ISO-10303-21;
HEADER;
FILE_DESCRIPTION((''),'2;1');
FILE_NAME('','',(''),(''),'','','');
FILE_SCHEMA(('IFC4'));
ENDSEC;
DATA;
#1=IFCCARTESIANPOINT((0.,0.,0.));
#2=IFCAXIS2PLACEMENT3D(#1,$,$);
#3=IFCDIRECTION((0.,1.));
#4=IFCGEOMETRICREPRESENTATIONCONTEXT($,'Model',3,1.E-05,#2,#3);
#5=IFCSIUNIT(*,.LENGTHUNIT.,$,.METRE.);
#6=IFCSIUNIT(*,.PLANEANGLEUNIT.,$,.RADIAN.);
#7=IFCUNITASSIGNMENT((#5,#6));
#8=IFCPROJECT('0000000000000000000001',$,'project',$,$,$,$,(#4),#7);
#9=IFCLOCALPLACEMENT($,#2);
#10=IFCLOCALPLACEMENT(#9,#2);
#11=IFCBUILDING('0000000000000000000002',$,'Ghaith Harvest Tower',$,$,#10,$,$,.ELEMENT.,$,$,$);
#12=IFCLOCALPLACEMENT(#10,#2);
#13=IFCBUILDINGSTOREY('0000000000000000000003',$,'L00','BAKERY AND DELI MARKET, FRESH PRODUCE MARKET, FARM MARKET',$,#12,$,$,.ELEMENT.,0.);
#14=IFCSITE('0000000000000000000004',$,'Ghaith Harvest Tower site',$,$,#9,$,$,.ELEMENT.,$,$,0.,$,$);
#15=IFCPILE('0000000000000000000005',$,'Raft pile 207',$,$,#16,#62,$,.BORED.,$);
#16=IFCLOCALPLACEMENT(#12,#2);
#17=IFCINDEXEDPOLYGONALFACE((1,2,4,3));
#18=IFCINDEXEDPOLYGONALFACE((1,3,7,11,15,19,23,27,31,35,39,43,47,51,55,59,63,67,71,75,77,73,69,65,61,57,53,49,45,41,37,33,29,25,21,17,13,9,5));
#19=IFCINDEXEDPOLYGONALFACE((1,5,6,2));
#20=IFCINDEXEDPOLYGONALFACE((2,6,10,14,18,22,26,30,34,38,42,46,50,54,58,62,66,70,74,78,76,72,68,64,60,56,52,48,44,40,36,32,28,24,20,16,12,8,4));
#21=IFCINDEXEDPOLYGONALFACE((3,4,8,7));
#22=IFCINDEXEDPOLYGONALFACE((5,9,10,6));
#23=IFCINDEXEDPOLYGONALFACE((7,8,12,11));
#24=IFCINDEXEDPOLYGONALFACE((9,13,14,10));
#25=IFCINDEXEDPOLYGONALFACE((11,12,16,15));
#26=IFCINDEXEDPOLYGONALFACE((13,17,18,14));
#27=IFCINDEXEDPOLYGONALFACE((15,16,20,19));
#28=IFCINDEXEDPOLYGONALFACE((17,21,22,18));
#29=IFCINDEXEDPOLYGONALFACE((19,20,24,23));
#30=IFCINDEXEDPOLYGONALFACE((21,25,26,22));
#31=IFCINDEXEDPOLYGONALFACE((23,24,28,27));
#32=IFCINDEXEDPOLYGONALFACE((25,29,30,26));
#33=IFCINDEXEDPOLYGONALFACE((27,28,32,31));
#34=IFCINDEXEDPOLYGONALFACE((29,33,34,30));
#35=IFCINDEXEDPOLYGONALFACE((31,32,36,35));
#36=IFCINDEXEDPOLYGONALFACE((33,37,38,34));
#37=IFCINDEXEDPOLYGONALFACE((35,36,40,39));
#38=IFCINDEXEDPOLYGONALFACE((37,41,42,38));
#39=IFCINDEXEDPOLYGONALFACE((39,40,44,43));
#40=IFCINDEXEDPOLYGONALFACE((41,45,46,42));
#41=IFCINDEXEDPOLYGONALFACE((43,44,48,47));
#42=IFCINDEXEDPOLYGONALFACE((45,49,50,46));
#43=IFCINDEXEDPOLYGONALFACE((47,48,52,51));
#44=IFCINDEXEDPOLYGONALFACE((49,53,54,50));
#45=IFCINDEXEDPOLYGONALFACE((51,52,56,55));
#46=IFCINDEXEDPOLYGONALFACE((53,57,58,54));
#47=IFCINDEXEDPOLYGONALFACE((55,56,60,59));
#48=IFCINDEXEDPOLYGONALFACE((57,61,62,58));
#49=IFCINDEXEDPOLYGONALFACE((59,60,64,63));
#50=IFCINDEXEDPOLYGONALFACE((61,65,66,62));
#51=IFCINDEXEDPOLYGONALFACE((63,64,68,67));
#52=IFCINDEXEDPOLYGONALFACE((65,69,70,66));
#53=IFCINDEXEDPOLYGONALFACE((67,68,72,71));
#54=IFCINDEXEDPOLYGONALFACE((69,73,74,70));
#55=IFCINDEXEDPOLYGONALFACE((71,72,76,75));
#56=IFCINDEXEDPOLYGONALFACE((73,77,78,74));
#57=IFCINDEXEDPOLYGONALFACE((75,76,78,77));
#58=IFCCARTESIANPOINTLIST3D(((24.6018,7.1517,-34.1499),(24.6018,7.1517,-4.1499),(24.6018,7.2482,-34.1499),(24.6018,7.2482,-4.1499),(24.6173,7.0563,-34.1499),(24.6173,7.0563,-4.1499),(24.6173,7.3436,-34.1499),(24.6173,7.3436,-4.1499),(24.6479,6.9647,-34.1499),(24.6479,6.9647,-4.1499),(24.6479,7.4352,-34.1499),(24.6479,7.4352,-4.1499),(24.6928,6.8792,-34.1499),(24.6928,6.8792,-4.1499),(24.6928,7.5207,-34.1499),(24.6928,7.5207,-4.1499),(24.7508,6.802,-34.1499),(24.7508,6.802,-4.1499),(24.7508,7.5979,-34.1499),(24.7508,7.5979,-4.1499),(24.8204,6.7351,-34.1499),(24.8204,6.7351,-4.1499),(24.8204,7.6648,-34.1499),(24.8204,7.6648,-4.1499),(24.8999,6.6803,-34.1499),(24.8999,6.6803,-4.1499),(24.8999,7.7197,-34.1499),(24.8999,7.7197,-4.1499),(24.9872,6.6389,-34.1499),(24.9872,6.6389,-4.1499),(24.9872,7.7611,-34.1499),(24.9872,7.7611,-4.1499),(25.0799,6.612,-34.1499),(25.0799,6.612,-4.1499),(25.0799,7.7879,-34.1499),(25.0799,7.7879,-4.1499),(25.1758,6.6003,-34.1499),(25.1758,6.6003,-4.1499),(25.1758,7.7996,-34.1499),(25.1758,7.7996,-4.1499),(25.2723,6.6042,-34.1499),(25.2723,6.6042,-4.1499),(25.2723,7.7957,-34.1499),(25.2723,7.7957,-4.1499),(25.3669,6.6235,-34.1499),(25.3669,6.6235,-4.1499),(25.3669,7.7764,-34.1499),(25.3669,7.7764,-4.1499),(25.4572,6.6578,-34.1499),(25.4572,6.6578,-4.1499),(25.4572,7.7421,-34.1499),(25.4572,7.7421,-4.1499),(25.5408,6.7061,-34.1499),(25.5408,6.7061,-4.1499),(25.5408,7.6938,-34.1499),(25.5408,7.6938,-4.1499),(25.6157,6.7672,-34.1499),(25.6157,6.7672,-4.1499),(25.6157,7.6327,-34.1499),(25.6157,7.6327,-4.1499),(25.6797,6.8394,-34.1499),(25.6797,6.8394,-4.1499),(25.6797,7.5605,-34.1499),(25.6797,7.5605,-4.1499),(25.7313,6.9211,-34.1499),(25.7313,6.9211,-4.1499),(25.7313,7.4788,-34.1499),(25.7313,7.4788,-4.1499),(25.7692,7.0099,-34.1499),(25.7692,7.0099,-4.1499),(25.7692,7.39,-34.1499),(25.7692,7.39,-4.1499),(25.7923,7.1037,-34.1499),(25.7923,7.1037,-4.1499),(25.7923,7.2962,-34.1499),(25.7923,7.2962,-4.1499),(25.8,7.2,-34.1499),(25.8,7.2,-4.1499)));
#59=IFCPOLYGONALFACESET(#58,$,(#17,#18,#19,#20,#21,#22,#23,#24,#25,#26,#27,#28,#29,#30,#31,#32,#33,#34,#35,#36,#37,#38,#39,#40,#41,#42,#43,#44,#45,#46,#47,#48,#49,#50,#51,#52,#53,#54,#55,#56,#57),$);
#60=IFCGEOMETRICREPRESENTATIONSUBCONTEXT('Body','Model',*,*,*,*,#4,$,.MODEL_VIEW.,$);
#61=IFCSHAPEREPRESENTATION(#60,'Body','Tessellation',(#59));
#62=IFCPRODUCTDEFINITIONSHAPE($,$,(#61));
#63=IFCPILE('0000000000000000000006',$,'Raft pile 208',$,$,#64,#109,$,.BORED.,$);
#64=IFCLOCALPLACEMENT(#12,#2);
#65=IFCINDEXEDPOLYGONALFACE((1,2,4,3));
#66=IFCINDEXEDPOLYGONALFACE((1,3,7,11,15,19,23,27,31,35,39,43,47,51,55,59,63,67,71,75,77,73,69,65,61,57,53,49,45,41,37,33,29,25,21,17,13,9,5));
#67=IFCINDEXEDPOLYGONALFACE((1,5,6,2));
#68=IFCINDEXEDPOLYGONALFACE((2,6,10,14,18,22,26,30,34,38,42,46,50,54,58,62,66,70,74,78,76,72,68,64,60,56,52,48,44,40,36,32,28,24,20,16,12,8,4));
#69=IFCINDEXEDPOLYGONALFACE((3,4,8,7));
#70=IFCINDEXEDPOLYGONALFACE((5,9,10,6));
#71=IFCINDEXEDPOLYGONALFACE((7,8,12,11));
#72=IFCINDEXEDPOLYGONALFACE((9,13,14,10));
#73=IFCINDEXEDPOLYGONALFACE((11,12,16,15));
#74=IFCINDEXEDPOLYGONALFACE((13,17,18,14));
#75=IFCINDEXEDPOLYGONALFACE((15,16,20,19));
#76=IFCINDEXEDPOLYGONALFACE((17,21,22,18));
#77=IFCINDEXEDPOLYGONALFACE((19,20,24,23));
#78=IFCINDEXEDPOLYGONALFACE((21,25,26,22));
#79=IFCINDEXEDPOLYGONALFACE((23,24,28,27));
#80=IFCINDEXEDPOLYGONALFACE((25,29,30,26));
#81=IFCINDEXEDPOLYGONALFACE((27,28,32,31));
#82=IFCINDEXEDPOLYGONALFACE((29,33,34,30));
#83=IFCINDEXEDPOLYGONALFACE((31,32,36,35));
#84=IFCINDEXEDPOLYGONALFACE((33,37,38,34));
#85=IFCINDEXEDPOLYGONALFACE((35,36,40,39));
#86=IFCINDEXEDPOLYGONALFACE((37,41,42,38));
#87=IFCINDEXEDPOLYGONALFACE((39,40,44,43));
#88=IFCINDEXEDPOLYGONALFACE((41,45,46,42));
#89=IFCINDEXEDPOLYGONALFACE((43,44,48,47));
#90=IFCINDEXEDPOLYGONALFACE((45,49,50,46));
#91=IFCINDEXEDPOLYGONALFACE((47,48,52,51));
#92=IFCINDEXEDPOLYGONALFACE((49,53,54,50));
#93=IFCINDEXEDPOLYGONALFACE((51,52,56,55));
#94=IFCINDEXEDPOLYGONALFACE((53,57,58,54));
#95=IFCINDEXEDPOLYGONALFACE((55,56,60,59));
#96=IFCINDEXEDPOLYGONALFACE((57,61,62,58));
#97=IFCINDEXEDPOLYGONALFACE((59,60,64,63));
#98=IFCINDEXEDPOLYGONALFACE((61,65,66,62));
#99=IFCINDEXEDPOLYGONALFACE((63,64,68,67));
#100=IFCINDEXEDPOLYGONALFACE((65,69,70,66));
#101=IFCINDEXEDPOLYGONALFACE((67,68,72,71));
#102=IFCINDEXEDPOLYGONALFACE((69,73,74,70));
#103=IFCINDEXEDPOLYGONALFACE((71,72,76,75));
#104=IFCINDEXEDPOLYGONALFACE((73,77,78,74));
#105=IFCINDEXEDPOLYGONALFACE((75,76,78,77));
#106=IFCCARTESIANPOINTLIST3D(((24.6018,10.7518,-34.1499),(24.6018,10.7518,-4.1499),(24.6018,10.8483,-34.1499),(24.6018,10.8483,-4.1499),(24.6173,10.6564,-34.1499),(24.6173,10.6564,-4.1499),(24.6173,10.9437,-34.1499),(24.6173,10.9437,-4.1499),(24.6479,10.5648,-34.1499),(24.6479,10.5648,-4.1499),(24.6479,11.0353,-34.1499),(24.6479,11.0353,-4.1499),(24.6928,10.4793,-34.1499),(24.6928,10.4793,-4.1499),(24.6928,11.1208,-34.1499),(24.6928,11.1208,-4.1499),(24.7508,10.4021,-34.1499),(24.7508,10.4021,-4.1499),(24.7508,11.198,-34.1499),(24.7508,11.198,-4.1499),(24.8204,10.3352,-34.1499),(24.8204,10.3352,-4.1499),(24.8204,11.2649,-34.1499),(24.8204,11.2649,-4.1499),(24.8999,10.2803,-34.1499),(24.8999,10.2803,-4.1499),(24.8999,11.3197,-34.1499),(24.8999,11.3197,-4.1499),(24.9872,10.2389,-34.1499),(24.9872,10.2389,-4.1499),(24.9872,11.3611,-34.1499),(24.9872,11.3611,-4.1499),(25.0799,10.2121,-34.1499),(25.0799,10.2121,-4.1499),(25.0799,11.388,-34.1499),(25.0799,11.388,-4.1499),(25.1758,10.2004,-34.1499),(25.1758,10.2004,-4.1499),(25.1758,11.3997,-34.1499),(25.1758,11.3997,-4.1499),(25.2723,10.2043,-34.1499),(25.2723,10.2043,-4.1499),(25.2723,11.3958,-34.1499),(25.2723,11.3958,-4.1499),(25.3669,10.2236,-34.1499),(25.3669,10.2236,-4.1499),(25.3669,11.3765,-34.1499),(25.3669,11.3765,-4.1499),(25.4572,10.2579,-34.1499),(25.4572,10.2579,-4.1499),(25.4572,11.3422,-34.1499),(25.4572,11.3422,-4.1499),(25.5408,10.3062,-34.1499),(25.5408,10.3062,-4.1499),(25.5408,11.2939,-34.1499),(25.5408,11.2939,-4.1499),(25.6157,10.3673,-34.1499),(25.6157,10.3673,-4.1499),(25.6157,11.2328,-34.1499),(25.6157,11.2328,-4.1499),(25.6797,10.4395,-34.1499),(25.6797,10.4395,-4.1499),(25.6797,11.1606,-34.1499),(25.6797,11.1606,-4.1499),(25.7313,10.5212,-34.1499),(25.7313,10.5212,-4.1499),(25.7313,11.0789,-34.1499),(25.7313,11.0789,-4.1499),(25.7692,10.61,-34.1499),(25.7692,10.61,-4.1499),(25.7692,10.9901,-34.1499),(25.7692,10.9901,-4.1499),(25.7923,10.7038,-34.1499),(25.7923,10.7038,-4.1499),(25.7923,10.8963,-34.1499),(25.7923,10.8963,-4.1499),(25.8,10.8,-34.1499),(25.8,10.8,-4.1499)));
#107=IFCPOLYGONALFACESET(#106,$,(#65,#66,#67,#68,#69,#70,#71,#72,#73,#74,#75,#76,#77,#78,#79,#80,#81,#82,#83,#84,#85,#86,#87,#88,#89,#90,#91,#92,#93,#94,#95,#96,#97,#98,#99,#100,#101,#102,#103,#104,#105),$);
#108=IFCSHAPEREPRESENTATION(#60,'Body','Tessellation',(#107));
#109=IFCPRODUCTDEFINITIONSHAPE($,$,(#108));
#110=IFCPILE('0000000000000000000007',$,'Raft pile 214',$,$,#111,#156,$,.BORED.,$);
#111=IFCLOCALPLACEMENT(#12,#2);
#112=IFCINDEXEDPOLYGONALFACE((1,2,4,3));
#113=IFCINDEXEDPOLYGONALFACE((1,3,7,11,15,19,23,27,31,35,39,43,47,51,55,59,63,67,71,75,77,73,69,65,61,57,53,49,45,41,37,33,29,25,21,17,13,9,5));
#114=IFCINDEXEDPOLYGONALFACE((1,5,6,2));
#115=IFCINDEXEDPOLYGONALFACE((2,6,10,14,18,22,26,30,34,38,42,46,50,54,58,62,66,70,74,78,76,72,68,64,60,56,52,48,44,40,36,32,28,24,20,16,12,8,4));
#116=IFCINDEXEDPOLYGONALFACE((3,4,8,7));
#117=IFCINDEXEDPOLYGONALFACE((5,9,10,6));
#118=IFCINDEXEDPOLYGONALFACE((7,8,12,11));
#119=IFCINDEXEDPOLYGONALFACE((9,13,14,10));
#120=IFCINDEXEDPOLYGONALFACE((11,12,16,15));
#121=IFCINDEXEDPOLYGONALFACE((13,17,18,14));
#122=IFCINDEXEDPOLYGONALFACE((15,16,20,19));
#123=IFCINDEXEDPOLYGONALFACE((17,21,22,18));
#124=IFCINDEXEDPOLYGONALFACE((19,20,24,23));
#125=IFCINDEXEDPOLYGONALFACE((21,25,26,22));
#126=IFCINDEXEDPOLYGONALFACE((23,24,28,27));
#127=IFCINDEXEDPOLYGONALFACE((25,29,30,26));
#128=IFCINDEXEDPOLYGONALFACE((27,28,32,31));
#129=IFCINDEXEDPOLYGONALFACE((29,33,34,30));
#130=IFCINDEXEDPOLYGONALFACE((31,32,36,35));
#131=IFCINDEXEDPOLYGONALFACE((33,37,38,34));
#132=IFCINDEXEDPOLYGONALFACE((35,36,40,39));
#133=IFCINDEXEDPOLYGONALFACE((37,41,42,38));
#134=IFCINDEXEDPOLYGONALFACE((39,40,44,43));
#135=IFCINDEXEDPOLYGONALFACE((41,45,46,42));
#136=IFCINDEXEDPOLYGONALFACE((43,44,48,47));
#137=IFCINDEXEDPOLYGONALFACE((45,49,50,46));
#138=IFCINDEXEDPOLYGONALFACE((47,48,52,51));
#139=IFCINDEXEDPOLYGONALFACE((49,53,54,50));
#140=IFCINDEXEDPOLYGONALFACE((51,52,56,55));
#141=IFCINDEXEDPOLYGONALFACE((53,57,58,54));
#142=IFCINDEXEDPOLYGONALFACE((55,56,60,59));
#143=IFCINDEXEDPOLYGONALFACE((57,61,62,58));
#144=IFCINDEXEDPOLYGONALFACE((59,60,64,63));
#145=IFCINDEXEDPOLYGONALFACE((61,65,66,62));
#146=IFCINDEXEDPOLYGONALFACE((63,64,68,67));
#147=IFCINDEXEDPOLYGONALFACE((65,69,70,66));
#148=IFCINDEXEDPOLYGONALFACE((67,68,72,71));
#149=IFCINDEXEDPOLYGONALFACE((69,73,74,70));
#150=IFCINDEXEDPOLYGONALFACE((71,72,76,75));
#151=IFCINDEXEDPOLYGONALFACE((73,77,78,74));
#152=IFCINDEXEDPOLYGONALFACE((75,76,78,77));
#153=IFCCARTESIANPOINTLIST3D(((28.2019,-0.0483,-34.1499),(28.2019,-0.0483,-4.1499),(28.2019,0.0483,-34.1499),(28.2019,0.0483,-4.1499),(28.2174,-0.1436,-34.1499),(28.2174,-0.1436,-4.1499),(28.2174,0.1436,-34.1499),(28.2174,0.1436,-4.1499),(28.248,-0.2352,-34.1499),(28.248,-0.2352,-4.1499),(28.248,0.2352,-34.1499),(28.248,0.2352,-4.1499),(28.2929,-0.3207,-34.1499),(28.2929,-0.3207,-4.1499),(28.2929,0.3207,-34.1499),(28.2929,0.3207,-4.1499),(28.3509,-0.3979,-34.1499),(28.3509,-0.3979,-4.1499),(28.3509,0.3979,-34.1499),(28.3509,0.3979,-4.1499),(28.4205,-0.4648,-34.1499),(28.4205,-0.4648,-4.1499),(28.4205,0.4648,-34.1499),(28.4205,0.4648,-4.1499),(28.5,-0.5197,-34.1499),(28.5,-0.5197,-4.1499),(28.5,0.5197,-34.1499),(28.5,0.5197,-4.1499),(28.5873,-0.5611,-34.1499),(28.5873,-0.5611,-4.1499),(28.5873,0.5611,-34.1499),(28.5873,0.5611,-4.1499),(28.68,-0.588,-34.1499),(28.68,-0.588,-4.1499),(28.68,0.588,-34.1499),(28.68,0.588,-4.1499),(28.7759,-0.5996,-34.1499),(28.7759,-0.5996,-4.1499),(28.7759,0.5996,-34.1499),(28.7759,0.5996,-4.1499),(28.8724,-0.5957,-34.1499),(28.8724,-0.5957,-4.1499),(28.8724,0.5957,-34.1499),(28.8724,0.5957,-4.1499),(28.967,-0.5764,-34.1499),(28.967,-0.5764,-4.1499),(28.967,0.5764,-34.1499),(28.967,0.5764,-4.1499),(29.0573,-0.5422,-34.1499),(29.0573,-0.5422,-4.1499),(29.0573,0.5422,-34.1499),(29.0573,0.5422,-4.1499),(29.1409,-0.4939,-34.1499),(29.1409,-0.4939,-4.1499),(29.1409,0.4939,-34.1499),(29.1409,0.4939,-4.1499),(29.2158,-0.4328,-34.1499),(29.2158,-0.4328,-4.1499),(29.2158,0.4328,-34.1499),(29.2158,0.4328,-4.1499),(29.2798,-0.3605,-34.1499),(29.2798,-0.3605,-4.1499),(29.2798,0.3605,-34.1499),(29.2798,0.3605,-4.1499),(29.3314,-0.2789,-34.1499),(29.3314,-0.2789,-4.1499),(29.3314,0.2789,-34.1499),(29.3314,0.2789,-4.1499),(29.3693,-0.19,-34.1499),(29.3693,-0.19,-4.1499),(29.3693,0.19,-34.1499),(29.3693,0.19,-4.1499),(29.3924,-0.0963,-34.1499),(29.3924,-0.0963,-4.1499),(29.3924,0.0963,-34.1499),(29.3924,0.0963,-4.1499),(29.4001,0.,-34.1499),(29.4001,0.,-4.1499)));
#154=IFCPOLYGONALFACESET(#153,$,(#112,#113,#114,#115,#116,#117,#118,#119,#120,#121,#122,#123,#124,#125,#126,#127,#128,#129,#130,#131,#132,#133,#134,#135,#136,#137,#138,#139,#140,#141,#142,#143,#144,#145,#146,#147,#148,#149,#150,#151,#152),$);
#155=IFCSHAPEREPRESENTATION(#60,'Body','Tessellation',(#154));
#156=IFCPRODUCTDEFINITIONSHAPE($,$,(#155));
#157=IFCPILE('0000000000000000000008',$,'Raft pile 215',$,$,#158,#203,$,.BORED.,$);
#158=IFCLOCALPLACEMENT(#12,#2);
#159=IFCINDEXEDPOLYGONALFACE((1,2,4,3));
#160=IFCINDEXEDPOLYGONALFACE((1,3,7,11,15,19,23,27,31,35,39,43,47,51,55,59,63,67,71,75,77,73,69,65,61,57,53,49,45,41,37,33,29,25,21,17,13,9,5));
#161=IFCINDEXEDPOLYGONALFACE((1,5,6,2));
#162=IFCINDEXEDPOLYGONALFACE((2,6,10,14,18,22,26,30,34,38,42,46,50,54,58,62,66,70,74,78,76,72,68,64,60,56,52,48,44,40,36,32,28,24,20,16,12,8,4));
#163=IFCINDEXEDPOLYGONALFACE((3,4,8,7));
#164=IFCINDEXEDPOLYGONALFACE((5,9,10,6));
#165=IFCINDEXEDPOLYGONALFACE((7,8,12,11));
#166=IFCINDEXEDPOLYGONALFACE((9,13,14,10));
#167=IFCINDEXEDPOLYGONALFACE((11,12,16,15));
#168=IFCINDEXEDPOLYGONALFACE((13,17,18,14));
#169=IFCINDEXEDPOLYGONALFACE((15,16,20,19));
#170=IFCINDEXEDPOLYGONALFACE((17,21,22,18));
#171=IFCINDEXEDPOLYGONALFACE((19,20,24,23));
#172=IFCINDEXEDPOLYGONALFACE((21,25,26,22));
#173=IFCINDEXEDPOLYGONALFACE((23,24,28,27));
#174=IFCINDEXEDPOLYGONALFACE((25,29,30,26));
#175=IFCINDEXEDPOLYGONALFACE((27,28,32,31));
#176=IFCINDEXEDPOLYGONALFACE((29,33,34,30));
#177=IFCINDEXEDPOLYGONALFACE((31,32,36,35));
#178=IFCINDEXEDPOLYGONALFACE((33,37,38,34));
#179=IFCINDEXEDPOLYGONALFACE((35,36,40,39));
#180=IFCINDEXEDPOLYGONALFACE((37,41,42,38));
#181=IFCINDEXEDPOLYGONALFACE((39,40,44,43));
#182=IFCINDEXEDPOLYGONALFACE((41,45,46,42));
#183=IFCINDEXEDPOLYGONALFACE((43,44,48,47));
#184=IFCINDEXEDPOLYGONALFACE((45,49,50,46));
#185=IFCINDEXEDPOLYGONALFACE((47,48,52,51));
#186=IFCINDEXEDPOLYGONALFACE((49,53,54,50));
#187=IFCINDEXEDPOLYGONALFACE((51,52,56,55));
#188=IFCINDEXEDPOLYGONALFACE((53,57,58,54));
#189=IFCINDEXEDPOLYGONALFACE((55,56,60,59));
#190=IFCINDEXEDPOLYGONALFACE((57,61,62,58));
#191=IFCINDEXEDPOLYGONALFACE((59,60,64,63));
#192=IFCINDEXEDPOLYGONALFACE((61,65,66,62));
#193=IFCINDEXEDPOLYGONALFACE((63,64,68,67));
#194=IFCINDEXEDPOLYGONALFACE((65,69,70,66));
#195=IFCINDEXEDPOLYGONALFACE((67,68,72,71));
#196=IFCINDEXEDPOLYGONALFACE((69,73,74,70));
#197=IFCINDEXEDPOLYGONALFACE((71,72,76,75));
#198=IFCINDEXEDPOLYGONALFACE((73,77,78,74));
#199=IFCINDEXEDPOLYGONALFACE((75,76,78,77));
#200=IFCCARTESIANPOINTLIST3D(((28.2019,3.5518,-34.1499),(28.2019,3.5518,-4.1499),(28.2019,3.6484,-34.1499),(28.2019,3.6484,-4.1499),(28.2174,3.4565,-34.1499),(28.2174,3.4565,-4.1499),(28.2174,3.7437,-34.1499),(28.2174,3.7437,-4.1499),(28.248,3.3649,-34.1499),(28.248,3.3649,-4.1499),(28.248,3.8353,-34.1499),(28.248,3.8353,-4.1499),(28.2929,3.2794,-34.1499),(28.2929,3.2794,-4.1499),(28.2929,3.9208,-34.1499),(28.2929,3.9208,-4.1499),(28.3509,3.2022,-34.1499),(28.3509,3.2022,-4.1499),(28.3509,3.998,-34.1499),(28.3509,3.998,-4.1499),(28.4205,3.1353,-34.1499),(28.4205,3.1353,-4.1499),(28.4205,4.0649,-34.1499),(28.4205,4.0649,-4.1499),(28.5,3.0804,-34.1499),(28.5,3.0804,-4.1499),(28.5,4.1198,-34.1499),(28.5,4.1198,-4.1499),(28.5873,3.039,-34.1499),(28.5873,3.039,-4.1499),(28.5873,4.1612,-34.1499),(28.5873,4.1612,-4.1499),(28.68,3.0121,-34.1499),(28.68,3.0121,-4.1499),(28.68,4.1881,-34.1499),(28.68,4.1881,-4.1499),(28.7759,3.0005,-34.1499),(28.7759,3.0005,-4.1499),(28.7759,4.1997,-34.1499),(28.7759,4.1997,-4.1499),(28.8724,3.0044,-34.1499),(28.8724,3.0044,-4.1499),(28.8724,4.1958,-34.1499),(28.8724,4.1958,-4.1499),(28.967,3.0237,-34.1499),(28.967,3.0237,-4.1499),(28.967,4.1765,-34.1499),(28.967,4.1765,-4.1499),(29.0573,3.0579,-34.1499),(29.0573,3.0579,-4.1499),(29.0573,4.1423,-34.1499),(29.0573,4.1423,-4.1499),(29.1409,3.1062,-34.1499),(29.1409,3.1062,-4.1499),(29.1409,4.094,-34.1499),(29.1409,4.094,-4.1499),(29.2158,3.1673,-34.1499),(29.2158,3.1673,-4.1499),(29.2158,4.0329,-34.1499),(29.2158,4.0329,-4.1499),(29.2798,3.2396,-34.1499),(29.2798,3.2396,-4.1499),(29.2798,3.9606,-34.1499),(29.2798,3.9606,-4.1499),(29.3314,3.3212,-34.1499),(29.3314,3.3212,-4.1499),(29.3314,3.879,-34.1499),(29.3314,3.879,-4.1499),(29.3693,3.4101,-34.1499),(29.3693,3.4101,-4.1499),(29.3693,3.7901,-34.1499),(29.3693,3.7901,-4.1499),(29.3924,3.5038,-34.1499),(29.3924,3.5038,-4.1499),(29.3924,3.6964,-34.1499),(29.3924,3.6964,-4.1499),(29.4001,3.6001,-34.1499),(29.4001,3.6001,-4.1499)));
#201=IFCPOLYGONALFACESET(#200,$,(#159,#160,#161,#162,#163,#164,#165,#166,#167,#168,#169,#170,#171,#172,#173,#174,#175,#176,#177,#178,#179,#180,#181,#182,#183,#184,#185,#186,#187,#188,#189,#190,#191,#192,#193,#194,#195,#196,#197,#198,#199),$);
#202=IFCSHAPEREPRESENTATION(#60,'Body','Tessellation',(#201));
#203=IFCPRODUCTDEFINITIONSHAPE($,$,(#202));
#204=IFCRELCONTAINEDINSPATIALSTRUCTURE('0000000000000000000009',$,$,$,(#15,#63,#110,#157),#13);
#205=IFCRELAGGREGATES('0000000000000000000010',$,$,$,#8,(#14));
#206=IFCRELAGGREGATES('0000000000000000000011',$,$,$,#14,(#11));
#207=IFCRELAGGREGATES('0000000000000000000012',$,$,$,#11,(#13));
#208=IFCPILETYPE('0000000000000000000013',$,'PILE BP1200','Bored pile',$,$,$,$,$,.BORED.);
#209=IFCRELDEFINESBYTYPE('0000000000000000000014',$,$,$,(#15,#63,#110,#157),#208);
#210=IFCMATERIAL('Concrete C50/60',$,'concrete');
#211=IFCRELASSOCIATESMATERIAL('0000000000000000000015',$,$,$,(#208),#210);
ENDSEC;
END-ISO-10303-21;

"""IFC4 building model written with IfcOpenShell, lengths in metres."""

from ifc_helpers import new_model, si_unit, direction, frame, origin, origin_2d, place, context, subcontext, project, spatial, circle, extrude, material, material_profile, profile_set, type_object, element, save


model = new_model("IFC4")

# Units and contexts
model_context = context("Model", 3, precision=1e-05, world=origin(), true_north=direction((0.0, 1.0)))
body_context = subcontext(model_context, "Body", "Model", "MODEL_VIEW")
ifc_project = project(units=[si_unit("LENGTHUNIT", "METRE"), si_unit("PLANEANGLEUNIT", "RADIAN")], contexts=[model_context])

# Site, building, storey
site_placement = place(None, origin())
site = spatial("IfcSite", under=ifc_project, at=site_placement, Name="Ghaith Harvest Tower site", CompositionType="ELEMENT", RefElevation=0.0)
building_placement = place(site_placement, origin())
building = spatial("IfcBuilding", under=site, at=building_placement, Name="Ghaith Harvest Tower", CompositionType="ELEMENT")
storey_placement = place(building_placement, origin())
storey = spatial("IfcBuildingStorey", under=building, at=storey_placement, Name="L00", Description="BAKERY AND DELI MARKET, FRESH PRODUCE MARKET, FARM MARKET", CompositionType="ELEMENT", Elevation=0.0)

# Piles
ifc_material_1 = material(Name="Concrete C50/60", Category="concrete")
ifc_material_profile_1 = material_profile(ifc_material_1, circle(Radius=0.6001, at=origin_2d()), Name="PILE1200")
ifc_profile_set_1 = profile_set([ifc_material_profile_1], Name="Concrete C50/60")
pile_type = type_object("IfcPileType", Name="PILE BP1200", Description="Bored pile", PredefinedType="BORED", material=ifc_profile_set_1)
for number, where, z_axis, x_axis, name in (
    (1, (25.2, 7.2, -4.1499), (0.0, 0.0, -1.0), (1.0, 0.0, 0.0), "Raft pile 207"),
    (2, (25.2, 10.8, -4.1499), (0.0, 0.0, -1.0), (1.0, 0.0, 0.0), "Raft pile 208"),
    (3, (28.8, 0.0, -4.1499), (0.0, 0.0, -1.0), (1.0, 0.0, 0.0), "Raft pile 214"),
    (4, (28.8, 3.6001, -4.1499), (0.0, 0.0, -1.0), (1.0, 0.0, 0.0), "Raft pile 215"),
):
    element("IfcPile", number, at=place(storey_placement, frame(where, z_axis=z_axis, x_axis=x_axis)), inside=storey, type_object=pile_type, Name=name, PredefinedType="BORED", context=body_context, shape_type="SweptSolid", body=[
        extrude(circle(Radius=0.6001, at=origin_2d()), origin(), (0.0, 0.0, 1.0), 30.0),
    ])

save(model, "model.ifc")
